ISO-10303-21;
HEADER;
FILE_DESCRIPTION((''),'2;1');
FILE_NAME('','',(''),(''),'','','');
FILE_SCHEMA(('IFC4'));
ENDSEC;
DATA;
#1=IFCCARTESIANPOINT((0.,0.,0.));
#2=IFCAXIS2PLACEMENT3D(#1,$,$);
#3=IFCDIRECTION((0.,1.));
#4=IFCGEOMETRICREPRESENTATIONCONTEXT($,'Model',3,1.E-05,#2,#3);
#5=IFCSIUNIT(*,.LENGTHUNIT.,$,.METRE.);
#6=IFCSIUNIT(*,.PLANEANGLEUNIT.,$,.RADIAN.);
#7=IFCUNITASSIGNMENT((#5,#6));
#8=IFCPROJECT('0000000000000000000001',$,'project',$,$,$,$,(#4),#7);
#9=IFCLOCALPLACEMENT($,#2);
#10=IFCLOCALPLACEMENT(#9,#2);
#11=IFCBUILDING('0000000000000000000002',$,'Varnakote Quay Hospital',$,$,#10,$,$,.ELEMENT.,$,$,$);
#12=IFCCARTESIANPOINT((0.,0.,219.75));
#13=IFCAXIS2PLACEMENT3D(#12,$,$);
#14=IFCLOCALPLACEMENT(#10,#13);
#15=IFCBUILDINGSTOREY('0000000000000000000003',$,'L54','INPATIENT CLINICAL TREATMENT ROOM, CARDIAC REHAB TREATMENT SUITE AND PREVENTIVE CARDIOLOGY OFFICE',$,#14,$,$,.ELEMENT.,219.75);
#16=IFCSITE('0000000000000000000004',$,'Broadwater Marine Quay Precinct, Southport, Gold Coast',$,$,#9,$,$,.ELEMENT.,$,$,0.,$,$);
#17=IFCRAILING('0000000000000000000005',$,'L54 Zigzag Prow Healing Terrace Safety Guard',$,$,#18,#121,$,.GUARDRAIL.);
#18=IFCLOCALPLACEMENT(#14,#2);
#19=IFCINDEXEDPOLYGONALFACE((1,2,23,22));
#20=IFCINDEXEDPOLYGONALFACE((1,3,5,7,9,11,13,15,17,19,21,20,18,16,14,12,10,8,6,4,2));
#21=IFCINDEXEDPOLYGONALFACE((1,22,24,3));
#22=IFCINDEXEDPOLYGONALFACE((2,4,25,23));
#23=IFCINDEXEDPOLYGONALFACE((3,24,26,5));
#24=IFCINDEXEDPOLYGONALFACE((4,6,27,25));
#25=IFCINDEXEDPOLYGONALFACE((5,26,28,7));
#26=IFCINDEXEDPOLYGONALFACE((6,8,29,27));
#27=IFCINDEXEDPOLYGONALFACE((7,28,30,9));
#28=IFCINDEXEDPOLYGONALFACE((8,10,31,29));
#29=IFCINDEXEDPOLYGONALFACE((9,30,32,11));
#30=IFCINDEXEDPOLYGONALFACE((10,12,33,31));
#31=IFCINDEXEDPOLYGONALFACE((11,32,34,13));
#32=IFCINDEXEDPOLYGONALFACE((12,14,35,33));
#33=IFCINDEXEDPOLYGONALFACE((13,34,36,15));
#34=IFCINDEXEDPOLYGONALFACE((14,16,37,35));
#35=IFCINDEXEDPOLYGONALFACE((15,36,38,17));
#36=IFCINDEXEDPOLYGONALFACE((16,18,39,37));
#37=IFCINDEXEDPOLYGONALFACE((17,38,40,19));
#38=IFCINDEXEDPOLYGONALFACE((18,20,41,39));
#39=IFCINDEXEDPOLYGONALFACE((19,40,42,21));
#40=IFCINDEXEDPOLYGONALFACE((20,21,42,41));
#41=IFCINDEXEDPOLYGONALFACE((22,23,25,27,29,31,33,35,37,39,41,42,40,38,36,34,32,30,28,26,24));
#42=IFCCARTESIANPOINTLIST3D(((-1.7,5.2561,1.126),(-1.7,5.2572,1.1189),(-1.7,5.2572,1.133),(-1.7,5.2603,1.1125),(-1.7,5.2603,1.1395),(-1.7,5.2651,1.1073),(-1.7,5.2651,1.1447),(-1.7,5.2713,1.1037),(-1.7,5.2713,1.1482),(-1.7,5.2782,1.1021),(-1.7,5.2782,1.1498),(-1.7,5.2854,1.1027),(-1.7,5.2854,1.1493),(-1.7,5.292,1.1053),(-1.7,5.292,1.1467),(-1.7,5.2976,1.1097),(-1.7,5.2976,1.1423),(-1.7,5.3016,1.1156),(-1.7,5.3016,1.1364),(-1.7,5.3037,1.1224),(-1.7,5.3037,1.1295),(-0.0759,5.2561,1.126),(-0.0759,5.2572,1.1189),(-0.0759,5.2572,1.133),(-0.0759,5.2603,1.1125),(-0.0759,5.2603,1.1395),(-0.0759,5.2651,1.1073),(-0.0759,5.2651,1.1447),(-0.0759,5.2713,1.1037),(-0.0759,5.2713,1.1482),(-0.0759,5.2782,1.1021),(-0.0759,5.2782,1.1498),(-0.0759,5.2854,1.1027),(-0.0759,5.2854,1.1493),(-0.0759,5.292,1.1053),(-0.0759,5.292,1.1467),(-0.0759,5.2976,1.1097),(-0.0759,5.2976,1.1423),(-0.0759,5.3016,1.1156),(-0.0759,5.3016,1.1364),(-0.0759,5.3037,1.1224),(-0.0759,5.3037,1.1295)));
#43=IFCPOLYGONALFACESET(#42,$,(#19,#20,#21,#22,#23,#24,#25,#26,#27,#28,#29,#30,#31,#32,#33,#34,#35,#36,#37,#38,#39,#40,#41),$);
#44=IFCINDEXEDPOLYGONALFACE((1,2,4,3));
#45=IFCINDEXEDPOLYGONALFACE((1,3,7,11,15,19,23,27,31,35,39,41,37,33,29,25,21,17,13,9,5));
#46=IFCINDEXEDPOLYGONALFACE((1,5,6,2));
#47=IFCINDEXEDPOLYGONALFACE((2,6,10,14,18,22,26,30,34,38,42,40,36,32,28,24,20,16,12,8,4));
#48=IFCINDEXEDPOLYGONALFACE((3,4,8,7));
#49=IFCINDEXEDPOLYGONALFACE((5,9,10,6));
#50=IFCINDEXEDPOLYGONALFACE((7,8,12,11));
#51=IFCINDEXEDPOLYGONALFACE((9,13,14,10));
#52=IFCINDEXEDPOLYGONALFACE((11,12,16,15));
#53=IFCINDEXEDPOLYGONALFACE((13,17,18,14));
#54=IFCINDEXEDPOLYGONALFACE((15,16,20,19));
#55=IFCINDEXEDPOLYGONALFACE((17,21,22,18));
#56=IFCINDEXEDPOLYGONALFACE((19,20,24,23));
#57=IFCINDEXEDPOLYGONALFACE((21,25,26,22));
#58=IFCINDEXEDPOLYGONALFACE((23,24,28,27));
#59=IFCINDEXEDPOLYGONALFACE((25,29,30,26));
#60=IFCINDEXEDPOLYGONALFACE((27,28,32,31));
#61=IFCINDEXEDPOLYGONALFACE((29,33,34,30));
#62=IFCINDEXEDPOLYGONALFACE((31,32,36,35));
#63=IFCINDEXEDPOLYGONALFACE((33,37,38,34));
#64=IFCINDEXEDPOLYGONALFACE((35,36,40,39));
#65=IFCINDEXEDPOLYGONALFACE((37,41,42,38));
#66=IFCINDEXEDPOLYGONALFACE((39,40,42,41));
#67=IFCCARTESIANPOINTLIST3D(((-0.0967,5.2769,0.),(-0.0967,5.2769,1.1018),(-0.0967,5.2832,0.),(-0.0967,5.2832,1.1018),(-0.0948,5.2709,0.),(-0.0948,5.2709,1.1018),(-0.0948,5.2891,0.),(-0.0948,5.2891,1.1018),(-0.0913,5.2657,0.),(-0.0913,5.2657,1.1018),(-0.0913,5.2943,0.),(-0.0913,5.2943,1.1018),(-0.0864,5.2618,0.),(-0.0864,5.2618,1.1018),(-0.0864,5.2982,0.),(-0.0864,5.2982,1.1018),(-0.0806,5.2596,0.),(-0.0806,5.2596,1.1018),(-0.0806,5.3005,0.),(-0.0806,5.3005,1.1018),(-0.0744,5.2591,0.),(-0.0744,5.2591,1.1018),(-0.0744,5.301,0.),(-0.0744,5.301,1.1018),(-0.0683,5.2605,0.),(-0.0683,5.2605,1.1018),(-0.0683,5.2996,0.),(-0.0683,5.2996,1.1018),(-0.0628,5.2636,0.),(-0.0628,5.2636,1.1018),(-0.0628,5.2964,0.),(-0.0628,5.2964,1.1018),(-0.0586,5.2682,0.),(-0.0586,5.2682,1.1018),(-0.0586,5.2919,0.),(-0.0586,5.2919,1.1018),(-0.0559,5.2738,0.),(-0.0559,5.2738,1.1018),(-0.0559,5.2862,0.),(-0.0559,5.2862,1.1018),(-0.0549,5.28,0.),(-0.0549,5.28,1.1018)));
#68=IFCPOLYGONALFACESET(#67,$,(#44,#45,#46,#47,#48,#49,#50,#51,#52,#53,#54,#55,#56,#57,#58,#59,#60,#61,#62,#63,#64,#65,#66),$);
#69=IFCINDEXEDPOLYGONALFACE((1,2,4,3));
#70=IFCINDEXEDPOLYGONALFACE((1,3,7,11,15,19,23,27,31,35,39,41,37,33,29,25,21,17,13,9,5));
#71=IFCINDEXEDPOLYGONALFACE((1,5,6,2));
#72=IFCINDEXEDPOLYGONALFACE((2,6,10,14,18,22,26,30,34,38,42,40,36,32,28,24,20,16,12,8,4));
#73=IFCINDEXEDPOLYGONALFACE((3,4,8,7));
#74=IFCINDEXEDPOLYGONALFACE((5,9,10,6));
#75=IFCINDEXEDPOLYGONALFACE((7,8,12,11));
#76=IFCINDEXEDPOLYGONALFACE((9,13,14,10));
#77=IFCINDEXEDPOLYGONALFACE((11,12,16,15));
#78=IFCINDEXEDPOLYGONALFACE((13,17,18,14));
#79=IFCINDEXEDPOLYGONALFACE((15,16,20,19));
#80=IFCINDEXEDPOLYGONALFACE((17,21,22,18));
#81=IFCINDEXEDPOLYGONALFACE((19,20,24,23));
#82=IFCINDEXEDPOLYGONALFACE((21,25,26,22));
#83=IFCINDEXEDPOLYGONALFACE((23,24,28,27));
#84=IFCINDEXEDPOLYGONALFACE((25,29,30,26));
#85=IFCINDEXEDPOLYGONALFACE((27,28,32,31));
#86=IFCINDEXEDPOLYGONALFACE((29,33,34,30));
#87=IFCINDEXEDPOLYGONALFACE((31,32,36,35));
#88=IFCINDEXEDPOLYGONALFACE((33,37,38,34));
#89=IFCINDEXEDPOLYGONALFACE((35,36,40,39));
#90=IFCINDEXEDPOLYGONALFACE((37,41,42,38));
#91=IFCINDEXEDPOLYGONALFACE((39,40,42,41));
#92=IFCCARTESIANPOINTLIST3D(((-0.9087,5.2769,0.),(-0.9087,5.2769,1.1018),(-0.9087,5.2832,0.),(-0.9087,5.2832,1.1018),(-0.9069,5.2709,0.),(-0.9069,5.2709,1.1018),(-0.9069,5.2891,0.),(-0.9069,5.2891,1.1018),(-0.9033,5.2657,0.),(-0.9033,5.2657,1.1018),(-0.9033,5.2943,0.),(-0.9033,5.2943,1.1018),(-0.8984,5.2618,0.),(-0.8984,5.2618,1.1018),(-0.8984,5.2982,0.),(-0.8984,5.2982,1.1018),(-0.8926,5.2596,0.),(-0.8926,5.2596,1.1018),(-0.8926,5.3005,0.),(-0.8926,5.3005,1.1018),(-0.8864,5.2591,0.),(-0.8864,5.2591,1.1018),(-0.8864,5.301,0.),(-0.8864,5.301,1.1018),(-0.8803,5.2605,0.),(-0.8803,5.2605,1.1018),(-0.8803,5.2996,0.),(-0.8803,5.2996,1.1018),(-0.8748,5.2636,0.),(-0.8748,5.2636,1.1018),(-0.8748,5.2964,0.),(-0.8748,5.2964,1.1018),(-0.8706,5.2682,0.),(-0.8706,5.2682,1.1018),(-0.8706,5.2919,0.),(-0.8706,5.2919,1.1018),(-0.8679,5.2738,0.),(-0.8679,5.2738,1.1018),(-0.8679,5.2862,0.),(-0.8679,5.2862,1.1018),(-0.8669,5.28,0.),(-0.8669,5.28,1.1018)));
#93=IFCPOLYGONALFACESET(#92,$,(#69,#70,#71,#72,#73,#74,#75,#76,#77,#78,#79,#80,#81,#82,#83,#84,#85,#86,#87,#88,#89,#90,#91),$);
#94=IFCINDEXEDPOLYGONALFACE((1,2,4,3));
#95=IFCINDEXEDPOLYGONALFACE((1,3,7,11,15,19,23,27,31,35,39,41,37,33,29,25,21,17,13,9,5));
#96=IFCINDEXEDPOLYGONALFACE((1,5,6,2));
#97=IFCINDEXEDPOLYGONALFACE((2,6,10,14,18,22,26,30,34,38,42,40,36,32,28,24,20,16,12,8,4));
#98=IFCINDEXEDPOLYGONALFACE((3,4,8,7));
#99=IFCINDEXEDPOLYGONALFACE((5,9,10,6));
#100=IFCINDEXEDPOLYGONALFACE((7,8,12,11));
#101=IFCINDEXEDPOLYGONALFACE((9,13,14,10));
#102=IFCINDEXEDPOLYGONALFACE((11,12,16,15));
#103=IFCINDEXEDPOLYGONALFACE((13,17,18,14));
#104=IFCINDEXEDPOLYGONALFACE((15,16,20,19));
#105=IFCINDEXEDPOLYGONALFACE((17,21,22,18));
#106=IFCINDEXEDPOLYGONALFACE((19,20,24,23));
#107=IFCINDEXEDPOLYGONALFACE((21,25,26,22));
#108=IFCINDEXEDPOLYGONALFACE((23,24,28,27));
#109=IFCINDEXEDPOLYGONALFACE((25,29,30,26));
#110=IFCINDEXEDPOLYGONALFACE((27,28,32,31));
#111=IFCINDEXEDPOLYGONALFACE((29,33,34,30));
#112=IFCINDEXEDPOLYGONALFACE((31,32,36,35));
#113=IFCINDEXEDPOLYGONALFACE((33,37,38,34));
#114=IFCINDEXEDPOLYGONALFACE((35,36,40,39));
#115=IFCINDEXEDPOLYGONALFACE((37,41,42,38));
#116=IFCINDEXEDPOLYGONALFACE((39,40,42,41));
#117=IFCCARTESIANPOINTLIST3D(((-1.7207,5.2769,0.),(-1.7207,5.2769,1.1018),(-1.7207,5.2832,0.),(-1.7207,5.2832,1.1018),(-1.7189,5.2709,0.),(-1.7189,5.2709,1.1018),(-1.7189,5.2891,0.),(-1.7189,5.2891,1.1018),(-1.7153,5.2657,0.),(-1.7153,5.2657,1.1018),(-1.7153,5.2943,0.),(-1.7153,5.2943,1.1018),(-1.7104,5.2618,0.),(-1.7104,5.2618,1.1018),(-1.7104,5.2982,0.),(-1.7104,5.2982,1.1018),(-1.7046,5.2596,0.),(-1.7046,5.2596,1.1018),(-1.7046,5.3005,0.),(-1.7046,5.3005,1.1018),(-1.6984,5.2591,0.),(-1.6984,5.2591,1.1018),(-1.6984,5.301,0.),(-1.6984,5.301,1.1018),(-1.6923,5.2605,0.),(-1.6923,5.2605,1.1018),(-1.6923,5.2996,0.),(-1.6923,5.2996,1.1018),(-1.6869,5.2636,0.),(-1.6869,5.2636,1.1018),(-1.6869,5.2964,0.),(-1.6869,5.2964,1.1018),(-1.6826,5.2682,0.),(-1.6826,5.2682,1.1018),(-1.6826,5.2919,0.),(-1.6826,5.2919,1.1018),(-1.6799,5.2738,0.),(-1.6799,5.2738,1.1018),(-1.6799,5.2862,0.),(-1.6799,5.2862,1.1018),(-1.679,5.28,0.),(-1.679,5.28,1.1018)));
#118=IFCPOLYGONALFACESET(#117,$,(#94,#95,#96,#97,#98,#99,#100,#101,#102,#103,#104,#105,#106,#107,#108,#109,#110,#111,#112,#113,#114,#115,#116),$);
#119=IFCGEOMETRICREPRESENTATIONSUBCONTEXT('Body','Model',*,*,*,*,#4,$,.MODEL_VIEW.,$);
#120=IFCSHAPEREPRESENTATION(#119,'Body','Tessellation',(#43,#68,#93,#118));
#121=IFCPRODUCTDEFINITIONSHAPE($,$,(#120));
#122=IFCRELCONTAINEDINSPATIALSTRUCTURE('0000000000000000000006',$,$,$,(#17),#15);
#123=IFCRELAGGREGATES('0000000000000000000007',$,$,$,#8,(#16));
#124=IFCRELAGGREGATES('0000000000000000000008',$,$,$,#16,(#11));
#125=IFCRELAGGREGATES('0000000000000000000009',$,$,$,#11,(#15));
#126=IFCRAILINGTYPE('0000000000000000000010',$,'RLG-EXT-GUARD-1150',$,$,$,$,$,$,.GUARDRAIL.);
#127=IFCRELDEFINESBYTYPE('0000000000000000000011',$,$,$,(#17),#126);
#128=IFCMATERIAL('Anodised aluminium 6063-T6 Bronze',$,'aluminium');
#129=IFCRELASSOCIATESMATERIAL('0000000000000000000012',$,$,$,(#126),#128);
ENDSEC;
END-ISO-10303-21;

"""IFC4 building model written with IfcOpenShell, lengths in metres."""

from ifc_helpers import new_model, si_unit, direction, frame, origin, origin_2d, place, context, subcontext, project, spatial, circle, extrude, material, type_object, element, save


model = new_model("IFC4")

# Units and contexts
model_context = context("Model", 3, precision=1e-05, world=origin(), true_north=direction((0.0, 1.0)))
body_context = subcontext(model_context, "Body", "Model", "MODEL_VIEW")
ifc_project = project(units=[si_unit("LENGTHUNIT", "METRE"), si_unit("PLANEANGLEUNIT", "RADIAN")], contexts=[model_context])

# Site, building, storey
site_placement = place(None, origin())
site = spatial("IfcSite", under=ifc_project, at=site_placement, Name="Broadwater Marine Quay Precinct, Southport, Gold Coast", CompositionType="ELEMENT", RefElevation=0.0)
building_placement = place(site_placement, origin())
building = spatial("IfcBuilding", under=site, at=building_placement, Name="Varnakote Quay Hospital", CompositionType="ELEMENT")
storey_placement = place(building_placement, frame((0.0, 0.0, 219.75)))
storey = spatial("IfcBuildingStorey", under=building, at=storey_placement, Name="L54", Description="INPATIENT CLINICAL TREATMENT ROOM, CARDIAC REHAB TREATMENT SUITE AND PREVENTIVE CARDIOLOGY OFFICE", CompositionType="ELEMENT", Elevation=219.75)

# Railing
ifc_material_1 = material(Name="Anodised aluminium 6063-T6 Bronze", Category="aluminium")
railing_type = type_object("IfcRailingType", Name="RLG-EXT-GUARD-1150", PredefinedType="GUARDRAIL", material=ifc_material_1)
railing_1_placement = place(storey_placement, frame((-0.0759, 5.28, 0.0)))
element("IfcRailing", 1, at=railing_1_placement, inside=storey, type_object=railing_type, Name="L54 Zigzag Prow Healing Terrace Safety Guard", PredefinedType="GUARDRAIL", context=body_context, shape_type="SweptSolid", body=[
    extrude(circle(Radius=0.0239, at=origin_2d()), frame((0.0, 0.0, 1.126), z_axis=(-1.0, 0.0, 0.0), x_axis=(0.0, -1.0, 0.0)), (0.0, 0.0, 1.0), 1.624),
    extrude(circle(Radius=0.021, at=origin_2d()), origin(), (0.0, 0.0, 1.0), 1.1018),
    extrude(circle(Radius=0.021, at=origin_2d()), frame((-0.812, 0.0, 0.0)), (0.0, 0.0, 1.0), 1.1018),
    extrude(circle(Radius=0.021, at=origin_2d()), frame((-1.624, 0.0, 0.0)), (0.0, 0.0, 1.0), 1.1018),
])

save(model, "model.ifc")
